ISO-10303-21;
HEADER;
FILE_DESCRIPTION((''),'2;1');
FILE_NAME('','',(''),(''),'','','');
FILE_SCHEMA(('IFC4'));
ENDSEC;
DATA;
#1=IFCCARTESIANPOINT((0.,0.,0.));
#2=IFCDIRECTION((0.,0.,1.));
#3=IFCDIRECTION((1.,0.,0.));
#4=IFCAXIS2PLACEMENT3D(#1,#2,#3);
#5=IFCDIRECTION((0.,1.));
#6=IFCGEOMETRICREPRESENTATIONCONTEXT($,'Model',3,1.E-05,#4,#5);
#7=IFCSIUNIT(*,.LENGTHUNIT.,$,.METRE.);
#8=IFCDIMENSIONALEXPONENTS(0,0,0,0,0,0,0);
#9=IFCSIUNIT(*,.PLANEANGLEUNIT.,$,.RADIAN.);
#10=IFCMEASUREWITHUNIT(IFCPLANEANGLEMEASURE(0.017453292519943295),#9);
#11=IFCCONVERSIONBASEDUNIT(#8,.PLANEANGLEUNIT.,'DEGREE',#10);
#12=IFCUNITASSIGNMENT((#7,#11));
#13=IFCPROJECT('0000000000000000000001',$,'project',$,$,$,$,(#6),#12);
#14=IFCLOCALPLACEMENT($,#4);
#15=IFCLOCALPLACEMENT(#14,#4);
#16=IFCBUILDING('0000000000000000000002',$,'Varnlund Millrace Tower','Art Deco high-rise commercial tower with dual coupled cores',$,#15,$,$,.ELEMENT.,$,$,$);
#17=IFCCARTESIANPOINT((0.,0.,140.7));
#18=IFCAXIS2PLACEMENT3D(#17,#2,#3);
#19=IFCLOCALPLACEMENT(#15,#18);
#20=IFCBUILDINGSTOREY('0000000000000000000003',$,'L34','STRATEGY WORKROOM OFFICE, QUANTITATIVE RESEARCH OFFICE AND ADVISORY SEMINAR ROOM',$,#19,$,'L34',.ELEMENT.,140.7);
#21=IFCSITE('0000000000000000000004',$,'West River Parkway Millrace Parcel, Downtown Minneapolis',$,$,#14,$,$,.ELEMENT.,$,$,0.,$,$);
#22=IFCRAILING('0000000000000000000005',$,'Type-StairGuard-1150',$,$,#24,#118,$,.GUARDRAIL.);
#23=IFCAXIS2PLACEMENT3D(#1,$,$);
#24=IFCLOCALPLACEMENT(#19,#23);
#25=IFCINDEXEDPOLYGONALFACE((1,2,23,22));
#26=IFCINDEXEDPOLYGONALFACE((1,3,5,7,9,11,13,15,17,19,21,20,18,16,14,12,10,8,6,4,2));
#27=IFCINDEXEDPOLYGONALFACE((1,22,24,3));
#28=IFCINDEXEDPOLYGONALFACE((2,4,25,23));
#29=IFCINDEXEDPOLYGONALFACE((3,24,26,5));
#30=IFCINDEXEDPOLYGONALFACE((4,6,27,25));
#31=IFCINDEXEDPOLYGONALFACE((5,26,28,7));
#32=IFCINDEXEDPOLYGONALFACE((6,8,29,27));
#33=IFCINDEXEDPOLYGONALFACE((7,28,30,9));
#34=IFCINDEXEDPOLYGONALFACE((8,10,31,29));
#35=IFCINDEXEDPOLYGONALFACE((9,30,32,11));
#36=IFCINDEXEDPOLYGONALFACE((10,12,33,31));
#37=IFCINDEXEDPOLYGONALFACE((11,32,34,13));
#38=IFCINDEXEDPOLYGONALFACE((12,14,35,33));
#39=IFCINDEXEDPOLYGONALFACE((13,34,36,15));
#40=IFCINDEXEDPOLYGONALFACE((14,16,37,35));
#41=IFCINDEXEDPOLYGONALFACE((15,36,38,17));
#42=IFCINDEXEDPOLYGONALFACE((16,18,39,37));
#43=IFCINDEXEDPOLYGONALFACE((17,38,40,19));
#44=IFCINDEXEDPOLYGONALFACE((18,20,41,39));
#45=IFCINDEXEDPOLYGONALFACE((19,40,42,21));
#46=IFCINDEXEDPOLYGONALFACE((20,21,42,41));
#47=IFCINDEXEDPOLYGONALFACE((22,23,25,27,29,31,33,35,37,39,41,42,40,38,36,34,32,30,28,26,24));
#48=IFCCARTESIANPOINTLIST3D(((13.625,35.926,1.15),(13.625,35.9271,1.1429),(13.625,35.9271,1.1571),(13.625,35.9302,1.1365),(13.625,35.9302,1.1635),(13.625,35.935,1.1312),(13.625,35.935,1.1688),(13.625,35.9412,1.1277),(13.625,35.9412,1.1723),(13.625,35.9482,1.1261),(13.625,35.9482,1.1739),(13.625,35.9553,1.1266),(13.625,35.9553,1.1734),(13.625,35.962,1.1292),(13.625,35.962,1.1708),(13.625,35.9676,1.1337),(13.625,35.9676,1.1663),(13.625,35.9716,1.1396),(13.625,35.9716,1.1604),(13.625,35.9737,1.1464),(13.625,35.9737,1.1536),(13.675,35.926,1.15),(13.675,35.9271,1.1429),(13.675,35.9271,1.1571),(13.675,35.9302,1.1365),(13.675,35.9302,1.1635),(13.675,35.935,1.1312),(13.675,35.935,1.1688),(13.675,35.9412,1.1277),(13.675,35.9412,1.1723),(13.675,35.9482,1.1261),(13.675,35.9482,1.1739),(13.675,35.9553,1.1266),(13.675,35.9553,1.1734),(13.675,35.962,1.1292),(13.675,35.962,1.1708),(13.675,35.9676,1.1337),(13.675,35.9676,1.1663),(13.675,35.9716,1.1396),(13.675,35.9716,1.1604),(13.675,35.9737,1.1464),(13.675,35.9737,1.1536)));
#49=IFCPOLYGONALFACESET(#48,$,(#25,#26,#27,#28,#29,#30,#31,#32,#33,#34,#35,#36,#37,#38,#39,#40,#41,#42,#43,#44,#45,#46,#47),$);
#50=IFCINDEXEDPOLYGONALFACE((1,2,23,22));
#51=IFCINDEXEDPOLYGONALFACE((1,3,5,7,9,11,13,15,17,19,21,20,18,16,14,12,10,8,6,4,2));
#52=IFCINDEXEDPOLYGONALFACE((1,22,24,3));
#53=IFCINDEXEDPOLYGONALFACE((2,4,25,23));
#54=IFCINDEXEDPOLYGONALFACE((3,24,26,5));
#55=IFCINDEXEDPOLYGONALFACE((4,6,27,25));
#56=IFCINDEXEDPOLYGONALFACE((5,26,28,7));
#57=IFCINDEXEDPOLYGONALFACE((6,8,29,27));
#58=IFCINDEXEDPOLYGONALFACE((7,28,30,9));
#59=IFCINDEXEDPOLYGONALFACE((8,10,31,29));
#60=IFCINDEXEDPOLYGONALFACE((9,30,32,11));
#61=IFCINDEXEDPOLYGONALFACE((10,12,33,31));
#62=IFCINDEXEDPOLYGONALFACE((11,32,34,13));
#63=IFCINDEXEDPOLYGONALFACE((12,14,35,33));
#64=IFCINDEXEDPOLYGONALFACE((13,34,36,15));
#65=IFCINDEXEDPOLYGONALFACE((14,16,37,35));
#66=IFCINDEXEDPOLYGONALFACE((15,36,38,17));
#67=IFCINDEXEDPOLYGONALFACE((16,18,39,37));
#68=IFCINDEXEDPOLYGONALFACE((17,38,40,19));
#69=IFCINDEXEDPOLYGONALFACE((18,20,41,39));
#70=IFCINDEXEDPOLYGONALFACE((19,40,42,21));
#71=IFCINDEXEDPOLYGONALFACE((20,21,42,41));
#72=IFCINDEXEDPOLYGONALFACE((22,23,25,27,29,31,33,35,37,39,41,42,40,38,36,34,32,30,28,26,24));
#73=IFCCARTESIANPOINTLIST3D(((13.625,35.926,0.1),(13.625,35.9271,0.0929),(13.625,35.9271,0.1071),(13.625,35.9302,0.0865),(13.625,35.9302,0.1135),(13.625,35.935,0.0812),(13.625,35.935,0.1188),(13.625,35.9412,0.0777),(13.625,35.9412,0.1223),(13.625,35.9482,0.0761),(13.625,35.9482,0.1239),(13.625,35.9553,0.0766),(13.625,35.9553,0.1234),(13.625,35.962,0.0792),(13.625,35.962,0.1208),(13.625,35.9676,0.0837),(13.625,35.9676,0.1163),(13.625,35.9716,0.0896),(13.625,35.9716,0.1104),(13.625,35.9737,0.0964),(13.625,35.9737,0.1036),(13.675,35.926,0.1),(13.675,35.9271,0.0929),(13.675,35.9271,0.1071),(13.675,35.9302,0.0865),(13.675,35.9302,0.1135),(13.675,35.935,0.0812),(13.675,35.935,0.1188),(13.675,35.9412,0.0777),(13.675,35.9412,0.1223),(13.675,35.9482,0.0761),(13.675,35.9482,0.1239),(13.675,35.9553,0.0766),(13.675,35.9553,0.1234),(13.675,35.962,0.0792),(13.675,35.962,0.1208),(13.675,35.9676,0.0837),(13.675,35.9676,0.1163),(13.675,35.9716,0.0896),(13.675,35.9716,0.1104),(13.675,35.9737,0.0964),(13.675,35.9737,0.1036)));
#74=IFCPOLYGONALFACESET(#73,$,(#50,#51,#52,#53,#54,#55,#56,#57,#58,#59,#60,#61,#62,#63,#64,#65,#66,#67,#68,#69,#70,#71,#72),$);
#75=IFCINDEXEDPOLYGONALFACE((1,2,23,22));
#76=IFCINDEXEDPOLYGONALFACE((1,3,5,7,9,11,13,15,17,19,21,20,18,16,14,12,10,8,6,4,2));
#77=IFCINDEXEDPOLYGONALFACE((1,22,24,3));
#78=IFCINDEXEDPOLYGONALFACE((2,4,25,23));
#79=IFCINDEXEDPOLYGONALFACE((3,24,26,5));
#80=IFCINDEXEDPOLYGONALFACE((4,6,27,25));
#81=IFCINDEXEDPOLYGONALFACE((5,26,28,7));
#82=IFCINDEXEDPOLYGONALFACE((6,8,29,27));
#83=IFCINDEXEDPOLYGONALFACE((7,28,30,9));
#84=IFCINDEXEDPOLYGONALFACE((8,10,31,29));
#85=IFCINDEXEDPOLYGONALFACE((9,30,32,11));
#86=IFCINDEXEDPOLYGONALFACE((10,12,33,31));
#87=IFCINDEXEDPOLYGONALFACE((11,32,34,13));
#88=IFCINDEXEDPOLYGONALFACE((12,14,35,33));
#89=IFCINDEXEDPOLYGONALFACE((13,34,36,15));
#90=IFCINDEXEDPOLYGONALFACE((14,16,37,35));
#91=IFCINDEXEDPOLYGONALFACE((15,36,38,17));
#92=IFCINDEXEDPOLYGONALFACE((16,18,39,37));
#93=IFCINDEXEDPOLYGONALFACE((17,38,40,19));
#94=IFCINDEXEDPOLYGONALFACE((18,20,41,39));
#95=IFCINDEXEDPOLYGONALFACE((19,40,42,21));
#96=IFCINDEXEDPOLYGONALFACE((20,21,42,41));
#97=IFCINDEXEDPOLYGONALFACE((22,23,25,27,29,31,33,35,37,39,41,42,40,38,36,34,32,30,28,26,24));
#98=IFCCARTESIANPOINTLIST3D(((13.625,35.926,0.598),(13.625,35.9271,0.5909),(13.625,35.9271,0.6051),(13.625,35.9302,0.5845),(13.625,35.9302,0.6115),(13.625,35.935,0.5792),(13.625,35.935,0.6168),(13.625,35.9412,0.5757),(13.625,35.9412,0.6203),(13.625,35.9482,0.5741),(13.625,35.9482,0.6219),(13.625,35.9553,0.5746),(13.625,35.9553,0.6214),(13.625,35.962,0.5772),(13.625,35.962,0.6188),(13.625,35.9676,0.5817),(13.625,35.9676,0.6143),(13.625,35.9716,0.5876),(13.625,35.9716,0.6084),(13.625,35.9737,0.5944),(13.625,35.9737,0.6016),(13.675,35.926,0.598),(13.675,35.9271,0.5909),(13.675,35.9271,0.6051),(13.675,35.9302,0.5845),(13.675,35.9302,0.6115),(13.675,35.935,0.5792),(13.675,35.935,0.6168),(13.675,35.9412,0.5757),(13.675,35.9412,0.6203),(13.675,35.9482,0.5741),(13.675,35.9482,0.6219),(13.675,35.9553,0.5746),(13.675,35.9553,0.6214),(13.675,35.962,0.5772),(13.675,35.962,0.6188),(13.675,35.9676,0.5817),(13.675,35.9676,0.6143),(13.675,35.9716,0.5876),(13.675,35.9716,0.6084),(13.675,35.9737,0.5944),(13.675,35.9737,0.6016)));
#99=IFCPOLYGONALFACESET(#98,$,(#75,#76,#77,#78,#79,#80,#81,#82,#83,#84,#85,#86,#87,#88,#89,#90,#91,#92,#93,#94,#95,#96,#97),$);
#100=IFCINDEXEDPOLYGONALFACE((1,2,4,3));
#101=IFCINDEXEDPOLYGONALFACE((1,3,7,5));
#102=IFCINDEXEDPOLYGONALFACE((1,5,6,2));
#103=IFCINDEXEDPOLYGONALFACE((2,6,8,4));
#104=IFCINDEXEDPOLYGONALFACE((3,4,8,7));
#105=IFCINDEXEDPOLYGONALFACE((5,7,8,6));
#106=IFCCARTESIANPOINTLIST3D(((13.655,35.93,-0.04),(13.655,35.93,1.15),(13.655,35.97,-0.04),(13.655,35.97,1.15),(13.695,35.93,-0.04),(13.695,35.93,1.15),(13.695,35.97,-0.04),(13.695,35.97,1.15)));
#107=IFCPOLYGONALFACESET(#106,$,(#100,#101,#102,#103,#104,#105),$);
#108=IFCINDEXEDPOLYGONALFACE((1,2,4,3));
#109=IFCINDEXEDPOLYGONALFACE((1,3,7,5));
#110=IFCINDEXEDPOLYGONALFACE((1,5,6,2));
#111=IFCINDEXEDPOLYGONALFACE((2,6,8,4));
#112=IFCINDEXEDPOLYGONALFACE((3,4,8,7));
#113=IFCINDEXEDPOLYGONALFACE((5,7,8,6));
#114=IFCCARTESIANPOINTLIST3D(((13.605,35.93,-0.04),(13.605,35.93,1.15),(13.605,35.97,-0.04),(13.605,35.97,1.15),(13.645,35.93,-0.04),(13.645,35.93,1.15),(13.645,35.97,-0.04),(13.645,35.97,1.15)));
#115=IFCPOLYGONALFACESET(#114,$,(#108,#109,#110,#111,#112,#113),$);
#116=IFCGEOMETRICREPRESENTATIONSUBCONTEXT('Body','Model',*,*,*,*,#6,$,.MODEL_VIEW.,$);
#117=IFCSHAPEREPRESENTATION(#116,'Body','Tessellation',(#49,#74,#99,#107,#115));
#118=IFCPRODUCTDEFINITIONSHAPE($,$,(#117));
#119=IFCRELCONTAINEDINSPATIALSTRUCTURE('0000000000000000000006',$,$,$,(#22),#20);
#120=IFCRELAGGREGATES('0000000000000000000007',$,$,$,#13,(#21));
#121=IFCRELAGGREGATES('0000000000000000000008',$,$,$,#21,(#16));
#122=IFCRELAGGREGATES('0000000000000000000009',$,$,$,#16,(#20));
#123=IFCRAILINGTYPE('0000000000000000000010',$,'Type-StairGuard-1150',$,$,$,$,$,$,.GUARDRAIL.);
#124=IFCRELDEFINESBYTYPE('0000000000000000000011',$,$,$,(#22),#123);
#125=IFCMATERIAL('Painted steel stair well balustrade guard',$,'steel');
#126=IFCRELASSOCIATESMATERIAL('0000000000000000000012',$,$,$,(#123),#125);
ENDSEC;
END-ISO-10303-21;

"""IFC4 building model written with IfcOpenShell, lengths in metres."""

from ifc_helpers import new_model, entity, si_unit, converted_unit, direction, frame, origin_with_axes, origin_2d_with_axis, place, context, subcontext, project, spatial, rectangle, circle, extrude, material, type_object, element, save


model = new_model("IFC4")

# Units and contexts
model_context = context("Model", 3, precision=1e-05, world=origin_with_axes(), true_north=direction((0.0, 1.0)))
body_context = subcontext(model_context, "Body", "Model", "MODEL_VIEW")
ifc_project = project(units=[si_unit("LENGTHUNIT", "METRE"), converted_unit("PLANEANGLEUNIT", "DEGREE", entity("IfcPlaneAngleMeasure", 0.017453292519943295), si_unit("PLANEANGLEUNIT", "RADIAN"), dimensions=[0, 0, 0, 0, 0, 0, 0])], contexts=[model_context])

# Site, building, storey
site_placement = place(None, origin_with_axes())
site = spatial("IfcSite", under=ifc_project, at=site_placement, Name="West River Parkway Millrace Parcel, Downtown Minneapolis", CompositionType="ELEMENT", RefElevation=0.0)
building_placement = place(site_placement, origin_with_axes())
building = spatial("IfcBuilding", under=site, at=building_placement, Name="Varnlund Millrace Tower", Description="Art Deco high-rise commercial tower with dual coupled cores", CompositionType="ELEMENT")
storey_placement = place(building_placement, frame((0.0, 0.0, 140.7), z_axis=(0.0, 0.0, 1.0), x_axis=(1.0, 0.0, 0.0)))
storey = spatial("IfcBuildingStorey", under=building, at=storey_placement, Name="L34", Description="STRATEGY WORKROOM OFFICE, QUANTITATIVE RESEARCH OFFICE AND ADVISORY SEMINAR ROOM", LongName="L34", CompositionType="ELEMENT", Elevation=140.7)

# Railing
ifc_material_1 = material(Name="Painted steel stair well balustrade guard", Category="steel")
railing_type_1 = type_object("IfcRailingType", Name="Type-StairGuard-1150", PredefinedType="GUARDRAIL", material=ifc_material_1)
railing_1_placement = place(storey_placement, frame((0.0, 0.0, -140.7), z_axis=(0.0, 0.0, 1.0), x_axis=(1.0, 0.0, 0.0)))
element("IfcRailing", 1, at=railing_1_placement, inside=storey, type_object=railing_type_1, Name="Type-StairGuard-1150", PredefinedType="GUARDRAIL", context=body_context, shape_type="SweptSolid", body=[
    extrude(circle(Radius=0.024, at=origin_2d_with_axis()), frame((13.675, 35.95, 141.85), z_axis=(-1.0, 0.0, 0.0), x_axis=(0.0, -1.0, 0.0)), (0.0, 0.0, 1.0), 0.05),
    extrude(circle(Radius=0.024, at=origin_2d_with_axis()), frame((13.675, 35.95, 140.8), z_axis=(-1.0, 0.0, 0.0), x_axis=(0.0, -1.0, 0.0)), (0.0, 0.0, 1.0), 0.05),
    extrude(circle(Radius=0.024, at=origin_2d_with_axis()), frame((13.675, 35.95, 141.298), z_axis=(-1.0, 0.0, 0.0), x_axis=(0.0, -1.0, 0.0)), (0.0, 0.0, 1.0), 0.05),
    extrude(rectangle(XDim=0.04, YDim=0.04, at=origin_2d_with_axis()), frame((13.675, 35.95, 140.66), z_axis=(0.0, 0.0, 1.0), x_axis=(1.0, 0.0, 0.0)), (0.0, 0.0, 1.0), 1.19),
    extrude(rectangle(XDim=0.04, YDim=0.04, at=origin_2d_with_axis()), frame((13.625, 35.95, 140.66), z_axis=(0.0, 0.0, 1.0), x_axis=(1.0, 0.0, 0.0)), (0.0, 0.0, 1.0), 1.19),
])

save(model, "model.ifc")
